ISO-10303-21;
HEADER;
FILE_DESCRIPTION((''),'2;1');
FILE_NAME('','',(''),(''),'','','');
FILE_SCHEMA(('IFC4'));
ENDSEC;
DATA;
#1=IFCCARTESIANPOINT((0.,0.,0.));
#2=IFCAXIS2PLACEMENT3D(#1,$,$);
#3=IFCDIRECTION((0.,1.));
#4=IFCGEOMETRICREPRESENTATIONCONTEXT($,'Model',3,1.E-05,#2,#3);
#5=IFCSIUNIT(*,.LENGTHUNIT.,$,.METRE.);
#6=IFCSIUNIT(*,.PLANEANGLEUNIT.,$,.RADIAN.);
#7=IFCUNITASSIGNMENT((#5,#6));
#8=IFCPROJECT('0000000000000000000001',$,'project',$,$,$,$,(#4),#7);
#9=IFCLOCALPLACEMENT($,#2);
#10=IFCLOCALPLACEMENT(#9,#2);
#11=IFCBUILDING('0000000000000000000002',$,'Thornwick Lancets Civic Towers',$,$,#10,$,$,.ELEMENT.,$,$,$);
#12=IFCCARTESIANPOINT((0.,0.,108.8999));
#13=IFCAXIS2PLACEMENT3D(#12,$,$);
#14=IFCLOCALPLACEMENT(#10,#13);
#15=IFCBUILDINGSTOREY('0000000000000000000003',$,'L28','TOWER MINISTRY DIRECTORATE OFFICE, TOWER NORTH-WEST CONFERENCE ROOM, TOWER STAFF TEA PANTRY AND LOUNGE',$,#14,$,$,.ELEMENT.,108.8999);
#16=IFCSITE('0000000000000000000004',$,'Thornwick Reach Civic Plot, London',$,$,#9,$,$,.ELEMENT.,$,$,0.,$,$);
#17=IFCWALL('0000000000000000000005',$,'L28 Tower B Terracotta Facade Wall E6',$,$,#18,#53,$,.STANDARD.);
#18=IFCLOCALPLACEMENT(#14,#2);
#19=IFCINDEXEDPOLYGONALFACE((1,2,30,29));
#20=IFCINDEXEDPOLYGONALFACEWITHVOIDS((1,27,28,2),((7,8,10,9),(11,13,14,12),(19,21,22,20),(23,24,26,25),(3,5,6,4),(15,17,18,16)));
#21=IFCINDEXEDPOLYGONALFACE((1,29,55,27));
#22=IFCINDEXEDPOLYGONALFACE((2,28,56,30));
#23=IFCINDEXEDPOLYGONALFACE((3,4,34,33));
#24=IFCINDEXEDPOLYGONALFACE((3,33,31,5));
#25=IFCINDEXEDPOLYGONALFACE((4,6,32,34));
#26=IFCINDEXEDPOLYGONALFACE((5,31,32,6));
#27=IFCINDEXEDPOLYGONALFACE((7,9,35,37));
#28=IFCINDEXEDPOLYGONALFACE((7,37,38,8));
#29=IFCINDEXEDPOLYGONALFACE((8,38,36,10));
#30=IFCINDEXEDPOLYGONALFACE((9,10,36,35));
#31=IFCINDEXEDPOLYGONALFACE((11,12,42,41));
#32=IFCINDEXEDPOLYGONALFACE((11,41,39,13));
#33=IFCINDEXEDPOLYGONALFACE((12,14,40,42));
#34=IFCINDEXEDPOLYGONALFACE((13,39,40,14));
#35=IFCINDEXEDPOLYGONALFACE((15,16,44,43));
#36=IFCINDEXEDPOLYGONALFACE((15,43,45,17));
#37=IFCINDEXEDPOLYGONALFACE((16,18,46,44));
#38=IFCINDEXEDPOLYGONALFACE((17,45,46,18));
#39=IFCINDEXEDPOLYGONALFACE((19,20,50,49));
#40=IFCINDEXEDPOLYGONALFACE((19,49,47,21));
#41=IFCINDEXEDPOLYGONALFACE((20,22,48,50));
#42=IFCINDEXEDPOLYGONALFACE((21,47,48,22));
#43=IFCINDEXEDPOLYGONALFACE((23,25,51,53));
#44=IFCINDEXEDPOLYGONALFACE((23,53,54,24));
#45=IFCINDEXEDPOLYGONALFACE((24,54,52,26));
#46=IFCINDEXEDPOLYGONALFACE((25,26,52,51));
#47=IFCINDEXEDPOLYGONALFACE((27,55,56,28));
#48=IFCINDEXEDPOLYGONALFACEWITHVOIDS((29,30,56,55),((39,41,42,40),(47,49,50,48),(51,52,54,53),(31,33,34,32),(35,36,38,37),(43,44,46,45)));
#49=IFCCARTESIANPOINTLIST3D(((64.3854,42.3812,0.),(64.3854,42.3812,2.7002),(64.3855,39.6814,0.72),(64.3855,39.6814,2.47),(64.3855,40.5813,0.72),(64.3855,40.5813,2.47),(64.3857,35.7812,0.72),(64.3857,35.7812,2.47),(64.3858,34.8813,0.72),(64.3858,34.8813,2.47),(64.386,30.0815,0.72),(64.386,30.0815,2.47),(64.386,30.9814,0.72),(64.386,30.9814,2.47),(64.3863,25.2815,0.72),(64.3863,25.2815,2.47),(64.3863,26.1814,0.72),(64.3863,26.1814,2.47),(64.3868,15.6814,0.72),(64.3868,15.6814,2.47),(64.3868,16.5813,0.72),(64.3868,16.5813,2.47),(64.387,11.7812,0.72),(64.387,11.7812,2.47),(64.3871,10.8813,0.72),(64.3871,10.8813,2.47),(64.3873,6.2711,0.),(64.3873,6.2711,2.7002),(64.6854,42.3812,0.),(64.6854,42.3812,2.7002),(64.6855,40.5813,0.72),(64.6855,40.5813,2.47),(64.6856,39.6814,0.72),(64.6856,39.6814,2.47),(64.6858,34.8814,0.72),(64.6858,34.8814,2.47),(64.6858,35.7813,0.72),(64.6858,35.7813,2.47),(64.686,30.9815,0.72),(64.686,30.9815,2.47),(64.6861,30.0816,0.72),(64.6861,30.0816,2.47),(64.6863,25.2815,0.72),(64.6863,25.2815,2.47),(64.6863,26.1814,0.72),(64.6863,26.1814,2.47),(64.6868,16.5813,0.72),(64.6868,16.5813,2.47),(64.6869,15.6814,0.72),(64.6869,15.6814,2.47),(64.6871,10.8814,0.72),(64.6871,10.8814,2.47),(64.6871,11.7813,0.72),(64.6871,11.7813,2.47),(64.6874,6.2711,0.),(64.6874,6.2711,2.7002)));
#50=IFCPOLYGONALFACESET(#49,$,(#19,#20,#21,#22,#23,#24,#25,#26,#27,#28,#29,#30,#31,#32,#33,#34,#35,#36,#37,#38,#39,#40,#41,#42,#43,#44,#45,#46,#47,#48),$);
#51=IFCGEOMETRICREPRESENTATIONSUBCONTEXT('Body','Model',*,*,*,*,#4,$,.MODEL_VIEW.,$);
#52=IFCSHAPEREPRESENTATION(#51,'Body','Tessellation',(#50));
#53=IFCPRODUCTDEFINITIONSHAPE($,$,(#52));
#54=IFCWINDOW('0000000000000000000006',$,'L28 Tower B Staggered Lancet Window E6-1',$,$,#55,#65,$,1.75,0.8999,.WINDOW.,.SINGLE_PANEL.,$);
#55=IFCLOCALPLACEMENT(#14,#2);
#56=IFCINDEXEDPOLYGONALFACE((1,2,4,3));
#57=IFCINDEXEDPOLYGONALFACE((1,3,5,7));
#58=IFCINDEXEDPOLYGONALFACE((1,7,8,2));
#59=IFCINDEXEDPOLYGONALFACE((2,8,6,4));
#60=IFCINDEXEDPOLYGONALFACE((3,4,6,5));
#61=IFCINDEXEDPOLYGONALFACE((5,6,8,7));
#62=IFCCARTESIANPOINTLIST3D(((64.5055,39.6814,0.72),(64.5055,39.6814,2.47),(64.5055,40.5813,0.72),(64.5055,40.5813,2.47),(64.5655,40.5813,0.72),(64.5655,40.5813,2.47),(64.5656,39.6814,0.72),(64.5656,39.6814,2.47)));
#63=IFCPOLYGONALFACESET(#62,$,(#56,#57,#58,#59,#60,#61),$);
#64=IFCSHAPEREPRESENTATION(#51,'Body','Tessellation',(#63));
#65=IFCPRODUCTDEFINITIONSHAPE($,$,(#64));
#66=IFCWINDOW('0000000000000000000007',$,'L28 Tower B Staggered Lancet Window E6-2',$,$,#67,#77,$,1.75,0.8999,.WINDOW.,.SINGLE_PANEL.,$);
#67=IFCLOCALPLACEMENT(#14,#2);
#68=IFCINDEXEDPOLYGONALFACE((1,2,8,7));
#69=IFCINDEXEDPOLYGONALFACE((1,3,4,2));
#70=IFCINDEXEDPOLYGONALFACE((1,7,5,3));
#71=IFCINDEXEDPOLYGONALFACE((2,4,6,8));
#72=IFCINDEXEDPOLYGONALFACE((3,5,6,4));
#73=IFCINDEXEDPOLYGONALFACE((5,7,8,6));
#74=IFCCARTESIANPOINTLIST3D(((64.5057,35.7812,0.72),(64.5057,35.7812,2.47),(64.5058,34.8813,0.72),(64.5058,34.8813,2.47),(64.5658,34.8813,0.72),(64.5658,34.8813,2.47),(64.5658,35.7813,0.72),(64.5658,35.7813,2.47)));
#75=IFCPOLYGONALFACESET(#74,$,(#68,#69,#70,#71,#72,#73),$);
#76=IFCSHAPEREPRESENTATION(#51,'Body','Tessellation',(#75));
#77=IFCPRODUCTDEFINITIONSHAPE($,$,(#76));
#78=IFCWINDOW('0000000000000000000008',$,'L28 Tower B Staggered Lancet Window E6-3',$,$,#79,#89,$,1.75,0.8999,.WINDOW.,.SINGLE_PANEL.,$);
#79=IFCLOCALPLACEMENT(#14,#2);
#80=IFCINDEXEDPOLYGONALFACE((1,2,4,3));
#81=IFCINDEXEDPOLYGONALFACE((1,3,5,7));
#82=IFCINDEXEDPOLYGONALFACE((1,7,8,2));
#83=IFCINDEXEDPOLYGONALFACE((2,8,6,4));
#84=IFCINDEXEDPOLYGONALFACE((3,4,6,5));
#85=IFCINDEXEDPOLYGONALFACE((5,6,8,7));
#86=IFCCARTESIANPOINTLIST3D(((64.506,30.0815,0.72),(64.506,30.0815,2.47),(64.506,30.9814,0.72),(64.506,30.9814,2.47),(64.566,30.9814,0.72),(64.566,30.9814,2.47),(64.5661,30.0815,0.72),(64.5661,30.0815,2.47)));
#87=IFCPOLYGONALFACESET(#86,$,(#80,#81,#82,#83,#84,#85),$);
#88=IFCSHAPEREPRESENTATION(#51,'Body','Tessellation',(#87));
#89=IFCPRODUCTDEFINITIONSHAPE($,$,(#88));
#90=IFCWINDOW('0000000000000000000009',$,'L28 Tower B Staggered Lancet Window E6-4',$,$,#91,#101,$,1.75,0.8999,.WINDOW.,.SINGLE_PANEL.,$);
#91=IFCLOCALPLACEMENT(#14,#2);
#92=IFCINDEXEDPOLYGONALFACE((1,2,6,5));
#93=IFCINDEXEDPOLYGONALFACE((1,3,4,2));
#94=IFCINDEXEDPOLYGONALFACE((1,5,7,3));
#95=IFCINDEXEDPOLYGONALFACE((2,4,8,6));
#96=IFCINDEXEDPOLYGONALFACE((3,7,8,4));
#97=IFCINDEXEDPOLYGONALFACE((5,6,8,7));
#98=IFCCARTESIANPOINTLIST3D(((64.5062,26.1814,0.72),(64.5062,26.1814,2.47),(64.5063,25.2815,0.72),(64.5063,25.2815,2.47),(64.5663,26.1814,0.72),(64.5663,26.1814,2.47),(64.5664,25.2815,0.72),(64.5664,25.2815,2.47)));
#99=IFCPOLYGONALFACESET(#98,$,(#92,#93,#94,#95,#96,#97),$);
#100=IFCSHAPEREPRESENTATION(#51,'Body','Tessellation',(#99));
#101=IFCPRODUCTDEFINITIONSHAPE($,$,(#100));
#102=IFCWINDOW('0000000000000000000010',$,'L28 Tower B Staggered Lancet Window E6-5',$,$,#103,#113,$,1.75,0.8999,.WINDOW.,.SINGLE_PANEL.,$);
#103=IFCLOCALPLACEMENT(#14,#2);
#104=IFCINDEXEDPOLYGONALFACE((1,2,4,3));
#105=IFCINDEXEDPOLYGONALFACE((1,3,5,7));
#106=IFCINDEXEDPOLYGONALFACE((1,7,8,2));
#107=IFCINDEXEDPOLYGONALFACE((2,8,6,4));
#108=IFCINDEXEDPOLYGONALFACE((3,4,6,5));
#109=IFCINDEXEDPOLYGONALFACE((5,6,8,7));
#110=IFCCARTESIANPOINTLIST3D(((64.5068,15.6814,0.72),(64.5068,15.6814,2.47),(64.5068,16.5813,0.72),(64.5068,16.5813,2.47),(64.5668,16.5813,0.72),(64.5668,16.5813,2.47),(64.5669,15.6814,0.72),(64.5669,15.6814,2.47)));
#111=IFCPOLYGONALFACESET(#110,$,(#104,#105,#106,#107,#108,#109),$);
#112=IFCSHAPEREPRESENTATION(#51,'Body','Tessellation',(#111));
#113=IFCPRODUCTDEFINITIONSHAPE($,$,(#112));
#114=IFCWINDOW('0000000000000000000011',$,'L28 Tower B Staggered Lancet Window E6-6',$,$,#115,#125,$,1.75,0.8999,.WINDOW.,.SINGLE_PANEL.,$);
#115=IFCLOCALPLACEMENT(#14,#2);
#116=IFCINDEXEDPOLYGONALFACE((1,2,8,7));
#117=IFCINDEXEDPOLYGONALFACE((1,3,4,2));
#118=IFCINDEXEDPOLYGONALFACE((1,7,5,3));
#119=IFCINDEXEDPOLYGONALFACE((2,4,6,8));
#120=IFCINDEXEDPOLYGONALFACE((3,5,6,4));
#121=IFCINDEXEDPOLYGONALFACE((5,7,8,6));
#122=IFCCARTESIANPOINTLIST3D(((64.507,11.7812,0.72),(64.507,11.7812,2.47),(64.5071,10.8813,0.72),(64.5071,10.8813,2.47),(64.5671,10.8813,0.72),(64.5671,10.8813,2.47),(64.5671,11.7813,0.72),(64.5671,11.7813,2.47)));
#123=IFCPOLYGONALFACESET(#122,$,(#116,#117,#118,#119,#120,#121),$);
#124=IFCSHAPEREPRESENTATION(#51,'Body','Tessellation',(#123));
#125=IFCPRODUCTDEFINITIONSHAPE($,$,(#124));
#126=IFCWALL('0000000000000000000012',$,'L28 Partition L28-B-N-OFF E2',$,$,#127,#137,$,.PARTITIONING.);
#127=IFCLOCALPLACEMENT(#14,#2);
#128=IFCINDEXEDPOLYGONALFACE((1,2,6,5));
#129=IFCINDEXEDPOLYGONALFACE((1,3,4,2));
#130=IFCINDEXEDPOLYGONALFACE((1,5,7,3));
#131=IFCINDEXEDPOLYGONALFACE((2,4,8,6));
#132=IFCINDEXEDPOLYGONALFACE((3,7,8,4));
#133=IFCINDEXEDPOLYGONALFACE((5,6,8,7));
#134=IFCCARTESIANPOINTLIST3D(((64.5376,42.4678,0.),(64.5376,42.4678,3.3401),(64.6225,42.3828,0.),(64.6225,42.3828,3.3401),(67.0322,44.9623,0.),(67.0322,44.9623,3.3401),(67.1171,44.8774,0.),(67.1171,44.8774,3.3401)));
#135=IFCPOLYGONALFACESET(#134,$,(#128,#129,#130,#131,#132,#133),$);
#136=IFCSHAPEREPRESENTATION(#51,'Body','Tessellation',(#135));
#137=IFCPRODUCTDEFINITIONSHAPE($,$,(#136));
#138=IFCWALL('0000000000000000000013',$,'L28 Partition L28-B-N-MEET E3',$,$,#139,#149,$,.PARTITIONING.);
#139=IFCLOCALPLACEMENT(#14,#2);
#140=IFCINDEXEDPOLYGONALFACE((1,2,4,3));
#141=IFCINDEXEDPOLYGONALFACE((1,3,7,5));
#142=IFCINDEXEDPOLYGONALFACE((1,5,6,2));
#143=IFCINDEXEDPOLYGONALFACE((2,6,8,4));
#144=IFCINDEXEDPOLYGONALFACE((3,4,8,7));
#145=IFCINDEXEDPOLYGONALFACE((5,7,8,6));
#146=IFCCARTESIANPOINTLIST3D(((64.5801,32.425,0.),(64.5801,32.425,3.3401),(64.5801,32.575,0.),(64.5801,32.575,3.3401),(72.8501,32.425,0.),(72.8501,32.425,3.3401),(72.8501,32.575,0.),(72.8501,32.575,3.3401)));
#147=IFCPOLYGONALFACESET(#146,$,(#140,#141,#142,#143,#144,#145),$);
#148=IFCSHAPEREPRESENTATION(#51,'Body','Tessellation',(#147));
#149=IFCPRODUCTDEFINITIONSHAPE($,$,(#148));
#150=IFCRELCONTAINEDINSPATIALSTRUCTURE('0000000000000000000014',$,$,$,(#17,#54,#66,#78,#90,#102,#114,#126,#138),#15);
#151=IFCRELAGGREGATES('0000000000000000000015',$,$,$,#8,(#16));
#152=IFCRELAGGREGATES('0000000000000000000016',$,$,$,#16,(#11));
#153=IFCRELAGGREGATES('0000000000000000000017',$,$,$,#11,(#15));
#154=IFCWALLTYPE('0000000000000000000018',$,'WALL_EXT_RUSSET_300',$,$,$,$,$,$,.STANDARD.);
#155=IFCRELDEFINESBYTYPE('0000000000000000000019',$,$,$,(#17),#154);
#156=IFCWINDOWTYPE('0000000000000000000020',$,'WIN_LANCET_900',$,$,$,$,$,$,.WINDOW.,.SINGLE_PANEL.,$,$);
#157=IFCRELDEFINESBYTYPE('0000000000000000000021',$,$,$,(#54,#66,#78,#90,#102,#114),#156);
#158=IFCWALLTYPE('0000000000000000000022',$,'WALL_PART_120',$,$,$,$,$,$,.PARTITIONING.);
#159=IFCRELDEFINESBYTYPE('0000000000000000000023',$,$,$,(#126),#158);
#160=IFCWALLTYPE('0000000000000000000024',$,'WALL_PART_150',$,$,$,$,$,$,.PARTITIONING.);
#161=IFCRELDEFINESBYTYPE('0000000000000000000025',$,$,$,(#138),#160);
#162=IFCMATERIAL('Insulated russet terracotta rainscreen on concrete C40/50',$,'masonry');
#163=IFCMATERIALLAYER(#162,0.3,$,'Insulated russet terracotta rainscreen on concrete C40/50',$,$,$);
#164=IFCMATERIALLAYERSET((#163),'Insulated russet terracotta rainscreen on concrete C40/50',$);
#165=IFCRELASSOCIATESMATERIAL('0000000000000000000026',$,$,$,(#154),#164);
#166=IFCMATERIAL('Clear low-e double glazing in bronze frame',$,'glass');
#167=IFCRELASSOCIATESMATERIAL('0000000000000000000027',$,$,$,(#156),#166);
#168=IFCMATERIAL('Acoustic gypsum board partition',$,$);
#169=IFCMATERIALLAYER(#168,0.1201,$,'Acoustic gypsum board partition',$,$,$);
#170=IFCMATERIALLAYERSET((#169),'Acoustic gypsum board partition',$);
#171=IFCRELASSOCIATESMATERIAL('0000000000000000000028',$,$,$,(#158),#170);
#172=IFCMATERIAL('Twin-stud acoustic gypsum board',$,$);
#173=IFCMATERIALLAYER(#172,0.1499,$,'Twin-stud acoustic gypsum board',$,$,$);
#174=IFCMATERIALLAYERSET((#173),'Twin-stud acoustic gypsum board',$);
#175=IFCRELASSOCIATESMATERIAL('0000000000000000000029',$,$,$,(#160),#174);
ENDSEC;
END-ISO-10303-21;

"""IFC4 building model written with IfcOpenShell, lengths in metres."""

from ifc_helpers import new_model, si_unit, direction, frame, frame_2d, origin, place, context, subcontext, project, spatial, rectangle, extrude, material, layer, layer_set, type_object, element, fill, save


model = new_model("IFC4")

# Units and contexts
model_context = context("Model", 3, precision=1e-05, world=origin(), true_north=direction((0.0, 1.0)))
body_context = subcontext(model_context, "Body", "Model", "MODEL_VIEW")
ifc_project = project(units=[si_unit("LENGTHUNIT", "METRE"), si_unit("PLANEANGLEUNIT", "RADIAN")], contexts=[model_context])

# Site, building, storey
site_placement = place(None, origin())
site = spatial("IfcSite", under=ifc_project, at=site_placement, Name="Thornwick Reach Civic Plot, London", CompositionType="ELEMENT", RefElevation=0.0)
building_placement = place(site_placement, origin())
building = spatial("IfcBuilding", under=site, at=building_placement, Name="Thornwick Lancets Civic Towers", CompositionType="ELEMENT")
storey_placement = place(building_placement, frame((0.0, 0.0, 108.8999)))
storey = spatial("IfcBuildingStorey", under=building, at=storey_placement, Name="L28", Description="TOWER MINISTRY DIRECTORATE OFFICE, TOWER NORTH-WEST CONFERENCE ROOM, TOWER STAFF TEA PANTRY AND LOUNGE", CompositionType="ELEMENT", Elevation=108.8999)

# Wall, openings, windows
ifc_material_1 = material(Name="Insulated russet terracotta rainscreen on concrete C40/50", Category="masonry")
ifc_layer_1 = layer(ifc_material_1, 0.3, Name="Insulated russet terracotta rainscreen on concrete C40/50")
ifc_layer_set_1 = layer_set([ifc_layer_1], Name="Insulated russet terracotta rainscreen on concrete C40/50")
wall_type_1 = type_object("IfcWallType", Name="WALL_EXT_RUSSET_300", PredefinedType="STANDARD", material=ifc_layer_set_1)
wall_1_placement = place(storey_placement, frame((64.5354, 42.3813, 0.0), z_axis=(0.0, 0.0, 1.0), x_axis=(0.000054, -1.0, 0.0)))
wall_1 = element("IfcWall", 1, at=wall_1_placement, inside=storey, type_object=wall_type_1, Name="L28 Tower B Terracotta Facade Wall E6", PredefinedType="STANDARD", context=body_context, shape_type="SweptSolid", body=[
    extrude(rectangle(XDim=36.1101, YDim=0.3, at=frame_2d((18.0552, 0.0))), origin(), (0.0, 0.0, 1.0), 2.7002),
])
opening_1_placement = place(wall_1_placement, frame((1.8, 0.0, 0.72)))
opening_1 = element("IfcOpeningElement", 2, at=opening_1_placement, cuts=wall_1, PredefinedType="OPENING", context=body_context, shape_type="SweptSolid", body=[
    extrude(rectangle(XDim=0.8999, YDim=1.75, at=frame_2d((0.45, 0.875))), frame((0.0, 0.1602, 0.0), z_axis=(0.0, -1.0, 0.0), x_axis=(1.0, 0.0, 0.0)), (0.0, 0.0, 1.0), 0.3201),
])
opening_2_placement = place(wall_1_placement, frame((6.6001, 0.0, 0.72)))
opening_2 = element("IfcOpeningElement", 3, at=opening_2_placement, cuts=wall_1, PredefinedType="OPENING", context=body_context, shape_type="SweptSolid", body=[
    extrude(rectangle(XDim=0.8999, YDim=1.75, at=frame_2d((0.45, 0.875))), frame((0.0, 0.1602, 0.0), z_axis=(0.0, -1.0, 0.0), x_axis=(1.0, 0.0, 0.0)), (0.0, 0.0, 1.0), 0.3201),
])
opening_3_placement = place(wall_1_placement, frame((11.3999, 0.0, 0.72)))
opening_3 = element("IfcOpeningElement", 4, at=opening_3_placement, cuts=wall_1, PredefinedType="OPENING", context=body_context, shape_type="SweptSolid", body=[
    extrude(rectangle(XDim=0.8999, YDim=1.75, at=frame_2d((0.45, 0.875))), frame((0.0, 0.1602, 0.0), z_axis=(0.0, -1.0, 0.0), x_axis=(1.0, 0.0, 0.0)), (0.0, 0.0, 1.0), 0.3201),
])
opening_4_placement = place(wall_1_placement, frame((16.2, 0.0, 0.72)))
opening_4 = element("IfcOpeningElement", 5, at=opening_4_placement, cuts=wall_1, PredefinedType="OPENING", context=body_context, shape_type="SweptSolid", body=[
    extrude(rectangle(XDim=0.8999, YDim=1.75, at=frame_2d((0.45, 0.875))), frame((0.0, 0.1602, 0.0), z_axis=(0.0, -1.0, 0.0), x_axis=(1.0, 0.0, 0.0)), (0.0, 0.0, 1.0), 0.3201),
])
opening_5_placement = place(wall_1_placement, frame((25.8, 0.0, 0.72)))
opening_5 = element("IfcOpeningElement", 6, at=opening_5_placement, cuts=wall_1, PredefinedType="OPENING", context=body_context, shape_type="SweptSolid", body=[
    extrude(rectangle(XDim=0.8999, YDim=1.75, at=frame_2d((0.45, 0.875))), frame((0.0, 0.1602, 0.0), z_axis=(0.0, -1.0, 0.0), x_axis=(1.0, 0.0, 0.0)), (0.0, 0.0, 1.0), 0.3201),
])
opening_6_placement = place(wall_1_placement, frame((30.6001, 0.0, 0.72)))
opening_6 = element("IfcOpeningElement", 7, at=opening_6_placement, cuts=wall_1, PredefinedType="OPENING", context=body_context, shape_type="SweptSolid", body=[
    extrude(rectangle(XDim=0.8999, YDim=1.75, at=frame_2d((0.45, 0.875))), frame((0.0, 0.1602, 0.0), z_axis=(0.0, -1.0, 0.0), x_axis=(1.0, 0.0, 0.0)), (0.0, 0.0, 1.0), 0.3201),
])
ifc_material_2 = material(Name="Clear low-e double glazing in bronze frame", Category="glass")
window_type = type_object("IfcWindowType", Name="WIN_LANCET_900", PartitioningType="SINGLE_PANEL", PredefinedType="WINDOW", material=ifc_material_2)
window_1_placement = place(opening_1_placement, origin())
window_1 = element("IfcWindow", 8, at=window_1_placement, inside=storey, type_object=window_type, Name="L28 Tower B Staggered Lancet Window E6-1", OverallHeight=1.75, OverallWidth=0.8999, PartitioningType="SINGLE_PANEL", PredefinedType="WINDOW", context=body_context, shape_type="SweptSolid", body=[
    extrude(rectangle(XDim=0.8999, YDim=1.75, at=frame_2d((0.45, 0.875))), frame((0.0, 0.03, 0.0), z_axis=(0.0, -1.0, 0.0), x_axis=(1.0, 0.0, 0.0)), (0.0, 0.0, 1.0), 0.0601),
])
fill(opening_1, window_1)
window_2_placement = place(opening_2_placement, origin())
window_2 = element("IfcWindow", 9, at=window_2_placement, inside=storey, type_object=window_type, Name="L28 Tower B Staggered Lancet Window E6-2", OverallHeight=1.75, OverallWidth=0.8999, PartitioningType="SINGLE_PANEL", PredefinedType="WINDOW", context=body_context, shape_type="SweptSolid", body=[
    extrude(rectangle(XDim=0.8999, YDim=1.75, at=frame_2d((0.45, 0.875))), frame((0.0, 0.03, 0.0), z_axis=(0.0, -1.0, 0.0), x_axis=(1.0, 0.0, 0.0)), (0.0, 0.0, 1.0), 0.0601),
])
fill(opening_2, window_2)
window_3_placement = place(opening_3_placement, origin())
window_3 = element("IfcWindow", 10, at=window_3_placement, inside=storey, type_object=window_type, Name="L28 Tower B Staggered Lancet Window E6-3", OverallHeight=1.75, OverallWidth=0.8999, PartitioningType="SINGLE_PANEL", PredefinedType="WINDOW", context=body_context, shape_type="SweptSolid", body=[
    extrude(rectangle(XDim=0.8999, YDim=1.75, at=frame_2d((0.45, 0.875))), frame((0.0, 0.03, 0.0), z_axis=(0.0, -1.0, 0.0), x_axis=(1.0, 0.0, 0.0)), (0.0, 0.0, 1.0), 0.0601),
])
fill(opening_3, window_3)
window_4_placement = place(opening_4_placement, origin())
window_4 = element("IfcWindow", 11, at=window_4_placement, inside=storey, type_object=window_type, Name="L28 Tower B Staggered Lancet Window E6-4", OverallHeight=1.75, OverallWidth=0.8999, PartitioningType="SINGLE_PANEL", PredefinedType="WINDOW", context=body_context, shape_type="SweptSolid", body=[
    extrude(rectangle(XDim=0.8999, YDim=1.75, at=frame_2d((0.45, 0.875))), frame((0.0, 0.03, 0.0), z_axis=(0.0, -1.0, 0.0), x_axis=(1.0, 0.0, 0.0)), (0.0, 0.0, 1.0), 0.0601),
])
fill(opening_4, window_4)
window_5_placement = place(opening_5_placement, origin())
window_5 = element("IfcWindow", 12, at=window_5_placement, inside=storey, type_object=window_type, Name="L28 Tower B Staggered Lancet Window E6-5", OverallHeight=1.75, OverallWidth=0.8999, PartitioningType="SINGLE_PANEL", PredefinedType="WINDOW", context=body_context, shape_type="SweptSolid", body=[
    extrude(rectangle(XDim=0.8999, YDim=1.75, at=frame_2d((0.45, 0.875))), frame((0.0, 0.03, 0.0), z_axis=(0.0, -1.0, 0.0), x_axis=(1.0, 0.0, 0.0)), (0.0, 0.0, 1.0), 0.0601),
])
fill(opening_5, window_5)
window_6_placement = place(opening_6_placement, origin())
window_6 = element("IfcWindow", 13, at=window_6_placement, inside=storey, type_object=window_type, Name="L28 Tower B Staggered Lancet Window E6-6", OverallHeight=1.75, OverallWidth=0.8999, PartitioningType="SINGLE_PANEL", PredefinedType="WINDOW", context=body_context, shape_type="SweptSolid", body=[
    extrude(rectangle(XDim=0.8999, YDim=1.75, at=frame_2d((0.45, 0.875))), frame((0.0, 0.03, 0.0), z_axis=(0.0, -1.0, 0.0), x_axis=(1.0, 0.0, 0.0)), (0.0, 0.0, 1.0), 0.0601),
])
fill(opening_6, window_6)

# Walls
ifc_material_3 = material(Name="Acoustic gypsum board partition")
ifc_layer_2 = layer(ifc_material_3, 0.1201, Name="Acoustic gypsum board partition")
ifc_layer_set_2 = layer_set([ifc_layer_2], Name="Acoustic gypsum board partition")
wall_type_2 = type_object("IfcWallType", Name="WALL_PART_120", PredefinedType="PARTITIONING", material=ifc_layer_set_2)
wall_2_placement = place(storey_placement, frame((64.5801, 42.4253, 0.0), z_axis=(0.0, 0.0, 1.0), x_axis=(0.707107, 0.707107, 0.0)))
element("IfcWall", 14, at=wall_2_placement, inside=storey, type_object=wall_type_2, Name="L28 Partition L28-B-N-OFF E2", PredefinedType="PARTITIONING", context=body_context, shape_type="SweptSolid", body=[
    extrude(rectangle(XDim=3.5278, YDim=0.1201, at=frame_2d((1.7639, 0.0))), origin(), (0.0, 0.0, 1.0), 3.3401),
])
ifc_material_4 = material(Name="Twin-stud acoustic gypsum board")
ifc_layer_3 = layer(ifc_material_4, 0.1499, Name="Twin-stud acoustic gypsum board")
ifc_layer_set_3 = layer_set([ifc_layer_3], Name="Twin-stud acoustic gypsum board")
wall_type_3 = type_object("IfcWallType", Name="WALL_PART_150", PredefinedType="PARTITIONING", material=ifc_layer_set_3)
wall_3_placement = place(storey_placement, frame((64.5801, 32.5, 0.0), z_axis=(0.0, 0.0, 1.0), x_axis=(1.0, 0.0, 0.0)))
element("IfcWall", 15, at=wall_3_placement, inside=storey, type_object=wall_type_3, Name="L28 Partition L28-B-N-MEET E3", PredefinedType="PARTITIONING", context=body_context, shape_type="SweptSolid", body=[
    extrude(rectangle(XDim=8.27, YDim=0.1499, at=frame_2d((4.135, 0.0))), origin(), (0.0, 0.0, 1.0), 3.3401),
])

save(model, "model.ifc")
